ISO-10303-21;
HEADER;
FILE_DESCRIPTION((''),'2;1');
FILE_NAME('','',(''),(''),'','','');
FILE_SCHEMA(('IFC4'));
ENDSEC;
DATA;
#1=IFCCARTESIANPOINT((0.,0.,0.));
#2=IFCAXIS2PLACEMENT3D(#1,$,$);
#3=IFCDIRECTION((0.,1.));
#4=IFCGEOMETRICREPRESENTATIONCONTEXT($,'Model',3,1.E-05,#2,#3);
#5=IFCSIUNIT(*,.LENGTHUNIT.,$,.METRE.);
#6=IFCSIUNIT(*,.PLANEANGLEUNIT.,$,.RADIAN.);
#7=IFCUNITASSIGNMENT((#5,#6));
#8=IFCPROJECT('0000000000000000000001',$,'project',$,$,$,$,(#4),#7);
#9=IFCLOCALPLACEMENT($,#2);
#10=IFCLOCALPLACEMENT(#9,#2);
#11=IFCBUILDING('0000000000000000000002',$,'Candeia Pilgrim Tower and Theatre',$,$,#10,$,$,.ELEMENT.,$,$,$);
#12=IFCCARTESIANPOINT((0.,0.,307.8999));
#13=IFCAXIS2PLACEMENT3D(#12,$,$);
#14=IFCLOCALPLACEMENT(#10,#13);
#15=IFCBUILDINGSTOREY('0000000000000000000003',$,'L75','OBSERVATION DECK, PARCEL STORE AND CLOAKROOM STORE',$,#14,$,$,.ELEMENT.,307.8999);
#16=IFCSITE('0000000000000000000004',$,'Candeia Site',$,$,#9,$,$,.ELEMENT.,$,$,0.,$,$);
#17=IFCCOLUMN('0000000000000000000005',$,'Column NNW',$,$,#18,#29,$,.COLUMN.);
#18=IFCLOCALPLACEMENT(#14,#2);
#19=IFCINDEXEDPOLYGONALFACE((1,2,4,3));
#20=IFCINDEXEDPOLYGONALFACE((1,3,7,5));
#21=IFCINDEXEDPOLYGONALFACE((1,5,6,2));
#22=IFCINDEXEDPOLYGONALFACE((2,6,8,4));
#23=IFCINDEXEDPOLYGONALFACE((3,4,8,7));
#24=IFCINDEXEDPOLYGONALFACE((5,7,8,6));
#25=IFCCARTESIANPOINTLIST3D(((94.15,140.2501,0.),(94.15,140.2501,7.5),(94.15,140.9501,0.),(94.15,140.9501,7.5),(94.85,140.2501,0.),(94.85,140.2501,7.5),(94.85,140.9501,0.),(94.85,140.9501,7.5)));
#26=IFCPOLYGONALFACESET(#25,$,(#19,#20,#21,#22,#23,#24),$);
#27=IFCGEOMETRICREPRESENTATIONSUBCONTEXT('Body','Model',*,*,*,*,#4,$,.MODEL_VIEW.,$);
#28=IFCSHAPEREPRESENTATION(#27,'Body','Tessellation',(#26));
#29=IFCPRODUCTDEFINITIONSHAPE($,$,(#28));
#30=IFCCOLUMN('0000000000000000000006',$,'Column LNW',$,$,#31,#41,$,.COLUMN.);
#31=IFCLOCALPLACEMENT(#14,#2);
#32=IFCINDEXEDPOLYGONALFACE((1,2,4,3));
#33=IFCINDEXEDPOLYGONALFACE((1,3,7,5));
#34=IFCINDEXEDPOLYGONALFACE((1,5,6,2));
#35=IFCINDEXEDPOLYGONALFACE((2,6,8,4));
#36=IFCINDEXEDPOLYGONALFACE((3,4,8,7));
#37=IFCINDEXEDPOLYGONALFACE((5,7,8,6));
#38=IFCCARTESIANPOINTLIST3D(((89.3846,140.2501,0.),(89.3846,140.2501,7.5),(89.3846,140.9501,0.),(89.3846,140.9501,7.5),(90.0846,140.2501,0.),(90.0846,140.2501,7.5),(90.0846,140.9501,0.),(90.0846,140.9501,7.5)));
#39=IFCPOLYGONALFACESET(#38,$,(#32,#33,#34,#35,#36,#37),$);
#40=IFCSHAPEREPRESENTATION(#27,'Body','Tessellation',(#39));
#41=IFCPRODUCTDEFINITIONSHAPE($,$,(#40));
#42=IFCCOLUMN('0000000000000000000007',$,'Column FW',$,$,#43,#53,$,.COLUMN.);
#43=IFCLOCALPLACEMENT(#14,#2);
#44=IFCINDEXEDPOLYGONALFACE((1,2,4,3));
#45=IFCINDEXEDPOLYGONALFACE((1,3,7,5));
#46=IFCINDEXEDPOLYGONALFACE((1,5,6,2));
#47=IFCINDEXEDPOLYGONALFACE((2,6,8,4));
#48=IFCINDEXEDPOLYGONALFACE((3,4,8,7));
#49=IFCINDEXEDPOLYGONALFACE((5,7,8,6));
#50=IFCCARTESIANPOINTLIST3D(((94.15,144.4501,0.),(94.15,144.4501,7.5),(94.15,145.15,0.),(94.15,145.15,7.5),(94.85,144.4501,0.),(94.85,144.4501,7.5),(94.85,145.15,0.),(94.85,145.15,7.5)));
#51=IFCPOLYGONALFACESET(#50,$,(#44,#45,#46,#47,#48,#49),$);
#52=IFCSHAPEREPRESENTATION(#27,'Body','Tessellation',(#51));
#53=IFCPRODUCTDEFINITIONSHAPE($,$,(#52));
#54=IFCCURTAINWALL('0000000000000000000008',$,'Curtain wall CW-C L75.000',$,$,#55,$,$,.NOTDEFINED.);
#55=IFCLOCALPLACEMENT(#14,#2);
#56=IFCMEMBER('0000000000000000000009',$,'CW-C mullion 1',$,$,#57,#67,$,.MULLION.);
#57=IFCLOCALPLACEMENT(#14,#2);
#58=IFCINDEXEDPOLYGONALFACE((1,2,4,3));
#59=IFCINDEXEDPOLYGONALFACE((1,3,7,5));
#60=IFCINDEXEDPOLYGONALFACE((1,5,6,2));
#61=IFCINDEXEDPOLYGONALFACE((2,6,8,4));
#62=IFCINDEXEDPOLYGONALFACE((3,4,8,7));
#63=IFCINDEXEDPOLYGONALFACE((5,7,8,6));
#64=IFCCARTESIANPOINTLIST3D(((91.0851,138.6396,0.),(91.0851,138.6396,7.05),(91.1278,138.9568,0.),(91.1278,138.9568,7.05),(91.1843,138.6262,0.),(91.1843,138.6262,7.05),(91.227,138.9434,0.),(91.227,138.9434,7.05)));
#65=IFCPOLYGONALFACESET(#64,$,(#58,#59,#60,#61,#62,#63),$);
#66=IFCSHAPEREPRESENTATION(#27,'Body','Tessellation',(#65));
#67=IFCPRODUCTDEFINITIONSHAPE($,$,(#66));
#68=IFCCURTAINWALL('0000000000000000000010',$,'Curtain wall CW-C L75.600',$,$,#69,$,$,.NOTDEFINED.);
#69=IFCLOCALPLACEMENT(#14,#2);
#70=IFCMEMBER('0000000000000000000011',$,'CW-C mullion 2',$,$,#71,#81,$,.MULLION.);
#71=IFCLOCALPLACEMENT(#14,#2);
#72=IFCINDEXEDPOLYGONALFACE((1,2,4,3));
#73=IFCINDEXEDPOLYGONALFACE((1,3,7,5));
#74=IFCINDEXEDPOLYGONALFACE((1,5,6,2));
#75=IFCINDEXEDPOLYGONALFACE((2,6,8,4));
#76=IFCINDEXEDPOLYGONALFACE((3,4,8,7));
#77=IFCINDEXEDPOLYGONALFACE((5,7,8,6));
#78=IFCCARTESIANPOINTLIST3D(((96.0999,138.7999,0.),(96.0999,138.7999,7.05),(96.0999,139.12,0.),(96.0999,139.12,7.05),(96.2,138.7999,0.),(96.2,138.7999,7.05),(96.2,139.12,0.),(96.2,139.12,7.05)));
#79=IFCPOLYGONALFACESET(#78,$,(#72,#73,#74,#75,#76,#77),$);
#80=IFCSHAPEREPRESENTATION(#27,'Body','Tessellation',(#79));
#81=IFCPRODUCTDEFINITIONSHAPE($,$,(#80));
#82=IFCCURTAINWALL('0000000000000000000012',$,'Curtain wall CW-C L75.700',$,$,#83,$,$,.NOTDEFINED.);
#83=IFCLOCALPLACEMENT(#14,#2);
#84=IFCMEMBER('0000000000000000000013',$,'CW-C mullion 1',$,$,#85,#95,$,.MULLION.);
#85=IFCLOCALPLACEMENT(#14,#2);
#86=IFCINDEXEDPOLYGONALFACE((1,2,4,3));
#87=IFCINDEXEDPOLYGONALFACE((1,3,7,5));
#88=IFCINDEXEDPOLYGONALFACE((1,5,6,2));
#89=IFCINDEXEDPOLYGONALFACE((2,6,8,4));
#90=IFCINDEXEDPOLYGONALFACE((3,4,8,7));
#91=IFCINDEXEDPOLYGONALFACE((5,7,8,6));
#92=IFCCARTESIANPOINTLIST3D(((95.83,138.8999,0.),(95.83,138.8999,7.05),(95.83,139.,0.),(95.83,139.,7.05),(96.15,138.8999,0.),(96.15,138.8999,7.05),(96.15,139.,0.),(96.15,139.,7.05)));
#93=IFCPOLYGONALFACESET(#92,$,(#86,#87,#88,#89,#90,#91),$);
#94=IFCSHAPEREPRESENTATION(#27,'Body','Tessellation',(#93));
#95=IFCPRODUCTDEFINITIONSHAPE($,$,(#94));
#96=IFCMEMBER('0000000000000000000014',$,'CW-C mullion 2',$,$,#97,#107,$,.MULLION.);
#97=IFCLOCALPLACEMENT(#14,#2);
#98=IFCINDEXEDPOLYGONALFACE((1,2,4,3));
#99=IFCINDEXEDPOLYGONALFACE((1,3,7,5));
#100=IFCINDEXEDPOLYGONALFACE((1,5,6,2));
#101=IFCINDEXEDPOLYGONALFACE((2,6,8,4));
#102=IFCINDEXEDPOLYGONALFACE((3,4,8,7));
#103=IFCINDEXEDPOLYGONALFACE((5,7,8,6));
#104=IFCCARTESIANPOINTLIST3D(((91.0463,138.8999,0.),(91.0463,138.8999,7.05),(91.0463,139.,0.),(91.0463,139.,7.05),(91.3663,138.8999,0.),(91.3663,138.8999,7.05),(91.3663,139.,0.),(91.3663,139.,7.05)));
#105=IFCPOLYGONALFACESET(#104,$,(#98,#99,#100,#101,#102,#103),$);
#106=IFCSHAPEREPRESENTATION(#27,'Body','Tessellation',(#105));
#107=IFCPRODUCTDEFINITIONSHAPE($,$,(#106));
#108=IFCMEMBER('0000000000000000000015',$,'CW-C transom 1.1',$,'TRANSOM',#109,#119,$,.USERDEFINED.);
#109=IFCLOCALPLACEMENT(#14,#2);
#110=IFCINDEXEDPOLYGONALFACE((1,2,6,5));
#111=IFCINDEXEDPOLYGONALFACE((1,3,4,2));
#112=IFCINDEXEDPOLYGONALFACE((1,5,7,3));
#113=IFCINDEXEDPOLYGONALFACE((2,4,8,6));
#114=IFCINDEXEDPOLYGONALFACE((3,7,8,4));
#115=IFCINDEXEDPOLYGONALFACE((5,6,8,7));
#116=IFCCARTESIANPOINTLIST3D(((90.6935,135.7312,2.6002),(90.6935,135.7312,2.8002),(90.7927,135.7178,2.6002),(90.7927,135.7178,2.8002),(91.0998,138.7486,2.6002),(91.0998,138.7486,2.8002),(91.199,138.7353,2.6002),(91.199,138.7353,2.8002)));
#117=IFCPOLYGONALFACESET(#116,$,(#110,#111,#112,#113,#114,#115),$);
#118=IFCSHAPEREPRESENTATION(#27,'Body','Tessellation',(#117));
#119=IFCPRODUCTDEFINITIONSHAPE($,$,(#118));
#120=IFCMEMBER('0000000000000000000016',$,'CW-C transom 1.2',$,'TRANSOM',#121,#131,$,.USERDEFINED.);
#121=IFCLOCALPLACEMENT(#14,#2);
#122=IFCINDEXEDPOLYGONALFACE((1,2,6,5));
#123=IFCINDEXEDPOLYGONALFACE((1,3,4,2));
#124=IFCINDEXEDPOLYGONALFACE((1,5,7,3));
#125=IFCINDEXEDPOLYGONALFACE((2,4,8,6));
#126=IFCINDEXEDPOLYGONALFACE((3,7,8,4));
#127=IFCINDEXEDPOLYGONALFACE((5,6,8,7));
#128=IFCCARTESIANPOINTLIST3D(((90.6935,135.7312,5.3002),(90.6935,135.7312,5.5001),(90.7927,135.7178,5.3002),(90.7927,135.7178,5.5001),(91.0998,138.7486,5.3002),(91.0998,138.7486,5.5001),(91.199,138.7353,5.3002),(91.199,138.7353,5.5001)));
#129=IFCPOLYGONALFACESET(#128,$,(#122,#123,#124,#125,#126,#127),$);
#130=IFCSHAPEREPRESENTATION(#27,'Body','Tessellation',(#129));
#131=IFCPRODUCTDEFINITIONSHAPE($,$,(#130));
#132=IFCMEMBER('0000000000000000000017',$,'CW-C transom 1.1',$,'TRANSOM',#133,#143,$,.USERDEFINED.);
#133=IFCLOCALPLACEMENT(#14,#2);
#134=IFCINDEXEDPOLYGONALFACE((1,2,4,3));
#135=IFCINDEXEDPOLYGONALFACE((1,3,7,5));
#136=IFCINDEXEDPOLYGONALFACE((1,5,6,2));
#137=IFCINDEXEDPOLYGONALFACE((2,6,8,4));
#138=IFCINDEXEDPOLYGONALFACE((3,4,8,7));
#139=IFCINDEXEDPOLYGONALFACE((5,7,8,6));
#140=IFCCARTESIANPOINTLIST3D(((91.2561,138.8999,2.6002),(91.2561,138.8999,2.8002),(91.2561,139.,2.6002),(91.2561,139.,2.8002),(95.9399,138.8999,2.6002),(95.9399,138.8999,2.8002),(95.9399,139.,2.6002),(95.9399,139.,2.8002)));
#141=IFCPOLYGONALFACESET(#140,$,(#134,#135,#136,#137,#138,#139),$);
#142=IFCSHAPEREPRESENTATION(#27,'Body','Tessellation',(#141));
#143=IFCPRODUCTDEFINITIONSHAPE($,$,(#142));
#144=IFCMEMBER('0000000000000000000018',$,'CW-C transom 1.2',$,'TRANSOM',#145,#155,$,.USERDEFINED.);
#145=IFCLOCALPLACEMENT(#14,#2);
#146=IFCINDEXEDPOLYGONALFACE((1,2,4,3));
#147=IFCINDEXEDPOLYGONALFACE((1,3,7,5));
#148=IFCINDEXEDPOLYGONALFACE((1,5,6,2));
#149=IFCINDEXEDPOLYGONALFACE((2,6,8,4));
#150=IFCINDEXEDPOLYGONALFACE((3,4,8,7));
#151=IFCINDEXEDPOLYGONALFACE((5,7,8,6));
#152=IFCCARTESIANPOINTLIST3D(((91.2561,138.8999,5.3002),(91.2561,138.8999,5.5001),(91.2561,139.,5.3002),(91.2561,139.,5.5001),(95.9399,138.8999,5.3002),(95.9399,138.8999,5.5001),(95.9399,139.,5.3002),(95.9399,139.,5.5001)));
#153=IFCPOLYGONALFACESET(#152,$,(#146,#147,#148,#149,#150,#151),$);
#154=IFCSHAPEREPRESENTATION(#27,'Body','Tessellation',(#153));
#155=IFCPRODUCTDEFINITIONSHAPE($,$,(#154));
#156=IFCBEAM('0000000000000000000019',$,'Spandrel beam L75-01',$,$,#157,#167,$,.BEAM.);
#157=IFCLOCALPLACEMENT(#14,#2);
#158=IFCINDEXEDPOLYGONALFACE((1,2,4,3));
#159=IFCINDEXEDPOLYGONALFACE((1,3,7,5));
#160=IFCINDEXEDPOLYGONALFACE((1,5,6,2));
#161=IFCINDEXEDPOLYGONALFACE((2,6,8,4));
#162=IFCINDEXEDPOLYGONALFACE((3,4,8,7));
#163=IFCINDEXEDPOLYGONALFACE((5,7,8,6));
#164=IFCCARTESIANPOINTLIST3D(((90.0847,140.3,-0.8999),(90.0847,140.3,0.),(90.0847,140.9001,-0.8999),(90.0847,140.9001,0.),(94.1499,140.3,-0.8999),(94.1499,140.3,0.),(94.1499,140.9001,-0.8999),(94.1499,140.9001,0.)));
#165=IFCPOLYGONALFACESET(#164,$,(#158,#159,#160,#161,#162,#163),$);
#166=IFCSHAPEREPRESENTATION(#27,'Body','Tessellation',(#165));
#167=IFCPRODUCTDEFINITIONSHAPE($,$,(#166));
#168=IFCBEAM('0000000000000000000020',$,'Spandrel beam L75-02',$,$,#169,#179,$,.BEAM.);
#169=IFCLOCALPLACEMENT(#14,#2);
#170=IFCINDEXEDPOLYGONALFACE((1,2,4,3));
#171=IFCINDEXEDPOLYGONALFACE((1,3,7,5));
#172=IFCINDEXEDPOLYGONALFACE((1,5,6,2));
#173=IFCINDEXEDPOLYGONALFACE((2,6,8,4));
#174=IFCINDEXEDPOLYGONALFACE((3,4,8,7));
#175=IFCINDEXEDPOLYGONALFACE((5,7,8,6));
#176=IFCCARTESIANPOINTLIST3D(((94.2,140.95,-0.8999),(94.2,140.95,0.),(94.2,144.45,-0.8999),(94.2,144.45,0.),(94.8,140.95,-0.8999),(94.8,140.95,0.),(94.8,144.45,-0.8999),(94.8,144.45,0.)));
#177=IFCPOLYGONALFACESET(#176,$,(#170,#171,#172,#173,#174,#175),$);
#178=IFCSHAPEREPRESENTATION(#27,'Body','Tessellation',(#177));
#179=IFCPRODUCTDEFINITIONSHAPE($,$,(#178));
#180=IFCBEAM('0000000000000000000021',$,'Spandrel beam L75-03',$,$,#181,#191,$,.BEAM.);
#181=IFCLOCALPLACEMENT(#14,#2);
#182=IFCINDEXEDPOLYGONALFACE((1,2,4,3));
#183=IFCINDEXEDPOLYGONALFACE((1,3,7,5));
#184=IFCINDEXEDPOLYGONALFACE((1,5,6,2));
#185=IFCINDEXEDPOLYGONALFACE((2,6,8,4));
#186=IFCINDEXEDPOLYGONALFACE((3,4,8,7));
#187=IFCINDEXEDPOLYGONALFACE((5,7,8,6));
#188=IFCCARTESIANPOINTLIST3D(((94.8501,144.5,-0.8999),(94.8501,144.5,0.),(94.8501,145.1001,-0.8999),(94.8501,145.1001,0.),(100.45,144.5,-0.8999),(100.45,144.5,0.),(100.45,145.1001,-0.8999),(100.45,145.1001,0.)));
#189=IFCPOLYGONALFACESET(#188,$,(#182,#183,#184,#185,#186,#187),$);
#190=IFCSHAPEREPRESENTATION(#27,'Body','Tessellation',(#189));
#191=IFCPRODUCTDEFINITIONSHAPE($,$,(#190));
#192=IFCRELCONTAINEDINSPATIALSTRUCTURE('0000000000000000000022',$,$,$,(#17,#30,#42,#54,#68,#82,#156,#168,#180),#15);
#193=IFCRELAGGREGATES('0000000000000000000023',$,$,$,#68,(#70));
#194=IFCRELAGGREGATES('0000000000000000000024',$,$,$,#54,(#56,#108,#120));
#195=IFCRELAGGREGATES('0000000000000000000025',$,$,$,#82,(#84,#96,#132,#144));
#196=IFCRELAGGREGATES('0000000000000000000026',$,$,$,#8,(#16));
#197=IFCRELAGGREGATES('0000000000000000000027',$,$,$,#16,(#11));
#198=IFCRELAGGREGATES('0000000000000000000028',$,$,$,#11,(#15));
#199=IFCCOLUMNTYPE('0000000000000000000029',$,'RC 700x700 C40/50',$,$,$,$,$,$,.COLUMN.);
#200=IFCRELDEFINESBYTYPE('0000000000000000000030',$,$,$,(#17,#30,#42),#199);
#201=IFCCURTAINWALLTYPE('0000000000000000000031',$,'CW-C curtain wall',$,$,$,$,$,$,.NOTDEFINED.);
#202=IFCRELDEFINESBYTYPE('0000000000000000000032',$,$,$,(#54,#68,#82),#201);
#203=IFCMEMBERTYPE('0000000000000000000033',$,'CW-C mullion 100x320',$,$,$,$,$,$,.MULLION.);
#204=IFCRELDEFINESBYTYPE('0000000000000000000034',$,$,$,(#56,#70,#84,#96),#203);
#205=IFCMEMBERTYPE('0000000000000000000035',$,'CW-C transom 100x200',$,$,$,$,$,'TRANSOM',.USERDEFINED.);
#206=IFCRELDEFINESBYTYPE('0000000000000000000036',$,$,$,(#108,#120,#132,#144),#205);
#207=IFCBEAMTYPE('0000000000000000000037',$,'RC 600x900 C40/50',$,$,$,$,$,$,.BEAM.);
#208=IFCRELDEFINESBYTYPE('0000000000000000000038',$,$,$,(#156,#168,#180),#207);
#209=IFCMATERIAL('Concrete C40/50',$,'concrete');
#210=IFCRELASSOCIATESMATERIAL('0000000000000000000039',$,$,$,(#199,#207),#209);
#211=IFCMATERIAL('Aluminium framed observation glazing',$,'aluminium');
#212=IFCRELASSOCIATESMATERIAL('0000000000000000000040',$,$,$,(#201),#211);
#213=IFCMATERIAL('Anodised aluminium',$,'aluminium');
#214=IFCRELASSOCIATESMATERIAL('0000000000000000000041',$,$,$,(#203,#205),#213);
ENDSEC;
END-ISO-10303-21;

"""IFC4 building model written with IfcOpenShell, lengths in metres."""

from ifc_helpers import new_model, si_unit, direction, frame, origin, origin_2d, place, context, subcontext, project, spatial, rectangle, extrude, material, material_profile, profile_set, type_object, element, aggregate, save


model = new_model("IFC4")

# Units and contexts
model_context = context("Model", 3, precision=1e-05, world=origin(), true_north=direction((0.0, 1.0)))
body_context = subcontext(model_context, "Body", "Model", "MODEL_VIEW")
ifc_project = project(units=[si_unit("LENGTHUNIT", "METRE"), si_unit("PLANEANGLEUNIT", "RADIAN")], contexts=[model_context])

# Site, building, storey
site_placement = place(None, origin())
site = spatial("IfcSite", under=ifc_project, at=site_placement, Name="Candeia Site", CompositionType="ELEMENT", RefElevation=0.0)
building_placement = place(site_placement, origin())
building = spatial("IfcBuilding", under=site, at=building_placement, Name="Candeia Pilgrim Tower and Theatre", CompositionType="ELEMENT")
storey_placement = place(building_placement, frame((0.0, 0.0, 307.8999)))
storey = spatial("IfcBuildingStorey", under=building, at=storey_placement, Name="L75", Description="OBSERVATION DECK, PARCEL STORE AND CLOAKROOM STORE", CompositionType="ELEMENT", Elevation=307.8999)

# Columns
ifc_material_1 = material(Name="Concrete C40/50", Category="concrete")
ifc_material_profile_1 = material_profile(ifc_material_1, rectangle(XDim=0.7, YDim=0.7, at=origin_2d()))
ifc_profile_set_1 = profile_set([ifc_material_profile_1], Name="Concrete C40/50")
column_type = type_object("IfcColumnType", Name="RC 700x700 C40/50", PredefinedType="COLUMN", material=ifc_profile_set_1)
for number, where, z_axis, x_axis, name in (
    (1, (94.5, 140.6001, 0.0), (0.0, 0.0, 1.0), (1.0, 0.0, 0.0), "Column NNW"),
    (2, (89.7346, 140.6001, 0.0), (0.0, 0.0, 1.0), (1.0, 0.0, 0.0), "Column LNW"),
    (3, (94.5, 144.8, 0.0), (0.0, 0.0, 1.0), (1.0, 0.0, 0.0), "Column FW"),
):
    element("IfcColumn", number, at=place(storey_placement, frame(where, z_axis=z_axis, x_axis=x_axis)), inside=storey, type_object=column_type, Name=name, PredefinedType="COLUMN", context=body_context, shape_type="SweptSolid", body=[
        extrude(rectangle(XDim=0.7, YDim=0.7, at=origin_2d()), origin(), (0.0, 0.0, 1.0), 7.5),
    ])

# Curtain walls, members
ifc_material_2 = material(Name="Aluminium framed observation glazing", Category="aluminium")
curtain_wall_type = type_object("IfcCurtainWallType", Name="CW-C curtain wall", PredefinedType="NOTDEFINED", material=ifc_material_2)
curtain_wall_1_placement = place(storey_placement, origin())
curtain_wall_1 = element("IfcCurtainWall", 4, at=curtain_wall_1_placement, inside=storey, type_object=curtain_wall_type, Name="Curtain wall CW-C L75.000", PredefinedType="NOTDEFINED")
ifc_material_3 = material(Name="Anodised aluminium", Category="aluminium")
ifc_material_profile_2 = material_profile(ifc_material_3, rectangle(XDim=0.1001, YDim=0.3201, at=origin_2d()))
ifc_profile_set_2 = profile_set([ifc_material_profile_2], Name="Anodised aluminium")
member_type_1 = type_object("IfcMemberType", Name="CW-C mullion 100x320", PredefinedType="MULLION", material=ifc_profile_set_2)
member_1_placement = place(storey_placement, frame((91.156, 138.7915, 0.0), z_axis=(0.0, 0.0, 1.0), x_axis=(0.991061, -0.133412, 0.0)))
member_1 = element("IfcMember", 5, at=member_1_placement, type_object=member_type_1, Name="CW-C mullion 1", PredefinedType="MULLION", context=body_context, shape_type="SweptSolid", body=[
    extrude(rectangle(XDim=0.1001, YDim=0.3201, at=origin_2d()), origin(), (0.0, 0.0, 1.0), 7.05),
])
curtain_wall_2_placement = place(storey_placement, origin())
curtain_wall_2 = element("IfcCurtainWall", 6, at=curtain_wall_2_placement, inside=storey, type_object=curtain_wall_type, Name="Curtain wall CW-C L75.600", PredefinedType="NOTDEFINED")
member_2_placement = place(storey_placement, frame((96.1499, 138.96, 0.0), z_axis=(0.0, 0.0, 1.0), x_axis=(1.0, 0.0, 0.0)))
member_2 = element("IfcMember", 7, at=member_2_placement, type_object=member_type_1, Name="CW-C mullion 2", PredefinedType="MULLION", context=body_context, shape_type="SweptSolid", body=[
    extrude(rectangle(XDim=0.1001, YDim=0.3201, at=origin_2d()), origin(), (0.0, 0.0, 1.0), 7.05),
])
aggregate(curtain_wall_2, [member_2])

# Curtain wall, members
curtain_wall_3_placement = place(storey_placement, origin())
curtain_wall_3 = element("IfcCurtainWall", 8, at=curtain_wall_3_placement, inside=storey, type_object=curtain_wall_type, Name="Curtain wall CW-C L75.700", PredefinedType="NOTDEFINED")
member_3_placement = place(storey_placement, frame((95.99, 138.95, 0.0), z_axis=(0.0, 0.0, 1.0), x_axis=(0.0, -1.0, 0.0)))
member_3 = element("IfcMember", 9, at=member_3_placement, type_object=member_type_1, Name="CW-C mullion 1", PredefinedType="MULLION", context=body_context, shape_type="SweptSolid", body=[
    extrude(rectangle(XDim=0.1001, YDim=0.3201, at=origin_2d()), origin(), (0.0, 0.0, 1.0), 7.05),
])
member_4_placement = place(storey_placement, frame((91.2063, 138.95, 0.0), z_axis=(0.0, 0.0, 1.0), x_axis=(0.0, -1.0, 0.0)))
member_4 = element("IfcMember", 10, at=member_4_placement, type_object=member_type_1, Name="CW-C mullion 2", PredefinedType="MULLION", context=body_context, shape_type="SweptSolid", body=[
    extrude(rectangle(XDim=0.1001, YDim=0.3201, at=origin_2d()), origin(), (0.0, 0.0, 1.0), 7.05),
])

# Members
ifc_material_profile_3 = material_profile(ifc_material_3, rectangle(XDim=0.1001, YDim=0.2, at=origin_2d()))
ifc_profile_set_3 = profile_set([ifc_material_profile_3], Name="Anodised aluminium")
member_type_2 = type_object("IfcMemberType", Name="CW-C transom 100x200", ElementType="TRANSOM", PredefinedType="USERDEFINED", material=ifc_profile_set_3)
member_5_placement = place(storey_placement, frame((91.1494, 138.7419, 2.7002), z_axis=(-0.133435, -0.991058, 0.0), x_axis=(0.991058, -0.133435, 0.0)))
member_5 = element("IfcMember", 11, at=member_5_placement, type_object=member_type_2, Name="CW-C transom 1.1", ObjectType="TRANSOM", PredefinedType="USERDEFINED", context=body_context, shape_type="SweptSolid", body=[
    extrude(rectangle(XDim=0.1001, YDim=0.2, at=origin_2d()), origin(), (0.0, 0.0, 1.0), 3.0447),
])
member_6_placement = place(storey_placement, frame((91.1494, 138.7419, 5.4001), z_axis=(-0.133435, -0.991058, 0.0), x_axis=(0.991058, -0.133435, 0.0)))
member_6 = element("IfcMember", 12, at=member_6_placement, type_object=member_type_2, Name="CW-C transom 1.2", ObjectType="TRANSOM", PredefinedType="USERDEFINED", context=body_context, shape_type="SweptSolid", body=[
    extrude(rectangle(XDim=0.1001, YDim=0.2, at=origin_2d()), origin(), (0.0, 0.0, 1.0), 3.0447),
])
member_7_placement = place(storey_placement, frame((95.9399, 138.95, 2.7002), z_axis=(-1.0, 0.0, 0.0), x_axis=(0.0, -1.0, 0.0)))
member_7 = element("IfcMember", 13, at=member_7_placement, type_object=member_type_2, Name="CW-C transom 1.1", ObjectType="TRANSOM", PredefinedType="USERDEFINED", context=body_context, shape_type="SweptSolid", body=[
    extrude(rectangle(XDim=0.1001, YDim=0.2, at=origin_2d()), origin(), (0.0, 0.0, 1.0), 4.6838),
])
member_8_placement = place(storey_placement, frame((95.9399, 138.95, 5.4001), z_axis=(-1.0, 0.0, 0.0), x_axis=(0.0, -1.0, 0.0)))
member_8 = element("IfcMember", 14, at=member_8_placement, type_object=member_type_2, Name="CW-C transom 1.2", ObjectType="TRANSOM", PredefinedType="USERDEFINED", context=body_context, shape_type="SweptSolid", body=[
    extrude(rectangle(XDim=0.1001, YDim=0.2, at=origin_2d()), origin(), (0.0, 0.0, 1.0), 4.6838),
])

# Beams
ifc_material_profile_4 = material_profile(ifc_material_1, rectangle(XDim=0.6001, YDim=0.8999, at=origin_2d()))
ifc_profile_set_4 = profile_set([ifc_material_profile_4], Name="Concrete C40/50")
beam_type = type_object("IfcBeamType", Name="RC 600x900 C40/50", PredefinedType="BEAM", material=ifc_profile_set_4)
beam_1_placement = place(storey_placement, frame((90.0847, 140.6001, -0.45), z_axis=(1.0, 0.0, 0.0), x_axis=(0.0, 1.0, 0.0)))
element("IfcBeam", 15, at=beam_1_placement, inside=storey, type_object=beam_type, Name="Spandrel beam L75-01", PredefinedType="BEAM", context=body_context, shape_type="SweptSolid", body=[
    extrude(rectangle(XDim=0.6001, YDim=0.8999, at=origin_2d()), origin(), (0.0, 0.0, 1.0), 4.0652),
])
beam_2_placement = place(storey_placement, frame((94.5, 140.95, -0.45), z_axis=(0.0, 1.0, 0.0), x_axis=(-1.0, 0.0, 0.0)))
element("IfcBeam", 16, at=beam_2_placement, inside=storey, type_object=beam_type, Name="Spandrel beam L75-02", PredefinedType="BEAM", context=body_context, shape_type="SweptSolid", body=[
    extrude(rectangle(XDim=0.6001, YDim=0.8999, at=origin_2d()), origin(), (0.0, 0.0, 1.0), 3.5),
])
beam_3_placement = place(storey_placement, frame((94.8501, 144.8, -0.45), z_axis=(1.0, 0.0, 0.0), x_axis=(0.0, 1.0, 0.0)))
element("IfcBeam", 17, at=beam_3_placement, inside=storey, type_object=beam_type, Name="Spandrel beam L75-03", PredefinedType="BEAM", context=body_context, shape_type="SweptSolid", body=[
    extrude(rectangle(XDim=0.6001, YDim=0.8999, at=origin_2d()), origin(), (0.0, 0.0, 1.0), 5.5999),
])

aggregate(curtain_wall_1, [member_1, member_5, member_6])
aggregate(curtain_wall_3, [member_3, member_4, member_7, member_8])

save(model, "model.ifc")
